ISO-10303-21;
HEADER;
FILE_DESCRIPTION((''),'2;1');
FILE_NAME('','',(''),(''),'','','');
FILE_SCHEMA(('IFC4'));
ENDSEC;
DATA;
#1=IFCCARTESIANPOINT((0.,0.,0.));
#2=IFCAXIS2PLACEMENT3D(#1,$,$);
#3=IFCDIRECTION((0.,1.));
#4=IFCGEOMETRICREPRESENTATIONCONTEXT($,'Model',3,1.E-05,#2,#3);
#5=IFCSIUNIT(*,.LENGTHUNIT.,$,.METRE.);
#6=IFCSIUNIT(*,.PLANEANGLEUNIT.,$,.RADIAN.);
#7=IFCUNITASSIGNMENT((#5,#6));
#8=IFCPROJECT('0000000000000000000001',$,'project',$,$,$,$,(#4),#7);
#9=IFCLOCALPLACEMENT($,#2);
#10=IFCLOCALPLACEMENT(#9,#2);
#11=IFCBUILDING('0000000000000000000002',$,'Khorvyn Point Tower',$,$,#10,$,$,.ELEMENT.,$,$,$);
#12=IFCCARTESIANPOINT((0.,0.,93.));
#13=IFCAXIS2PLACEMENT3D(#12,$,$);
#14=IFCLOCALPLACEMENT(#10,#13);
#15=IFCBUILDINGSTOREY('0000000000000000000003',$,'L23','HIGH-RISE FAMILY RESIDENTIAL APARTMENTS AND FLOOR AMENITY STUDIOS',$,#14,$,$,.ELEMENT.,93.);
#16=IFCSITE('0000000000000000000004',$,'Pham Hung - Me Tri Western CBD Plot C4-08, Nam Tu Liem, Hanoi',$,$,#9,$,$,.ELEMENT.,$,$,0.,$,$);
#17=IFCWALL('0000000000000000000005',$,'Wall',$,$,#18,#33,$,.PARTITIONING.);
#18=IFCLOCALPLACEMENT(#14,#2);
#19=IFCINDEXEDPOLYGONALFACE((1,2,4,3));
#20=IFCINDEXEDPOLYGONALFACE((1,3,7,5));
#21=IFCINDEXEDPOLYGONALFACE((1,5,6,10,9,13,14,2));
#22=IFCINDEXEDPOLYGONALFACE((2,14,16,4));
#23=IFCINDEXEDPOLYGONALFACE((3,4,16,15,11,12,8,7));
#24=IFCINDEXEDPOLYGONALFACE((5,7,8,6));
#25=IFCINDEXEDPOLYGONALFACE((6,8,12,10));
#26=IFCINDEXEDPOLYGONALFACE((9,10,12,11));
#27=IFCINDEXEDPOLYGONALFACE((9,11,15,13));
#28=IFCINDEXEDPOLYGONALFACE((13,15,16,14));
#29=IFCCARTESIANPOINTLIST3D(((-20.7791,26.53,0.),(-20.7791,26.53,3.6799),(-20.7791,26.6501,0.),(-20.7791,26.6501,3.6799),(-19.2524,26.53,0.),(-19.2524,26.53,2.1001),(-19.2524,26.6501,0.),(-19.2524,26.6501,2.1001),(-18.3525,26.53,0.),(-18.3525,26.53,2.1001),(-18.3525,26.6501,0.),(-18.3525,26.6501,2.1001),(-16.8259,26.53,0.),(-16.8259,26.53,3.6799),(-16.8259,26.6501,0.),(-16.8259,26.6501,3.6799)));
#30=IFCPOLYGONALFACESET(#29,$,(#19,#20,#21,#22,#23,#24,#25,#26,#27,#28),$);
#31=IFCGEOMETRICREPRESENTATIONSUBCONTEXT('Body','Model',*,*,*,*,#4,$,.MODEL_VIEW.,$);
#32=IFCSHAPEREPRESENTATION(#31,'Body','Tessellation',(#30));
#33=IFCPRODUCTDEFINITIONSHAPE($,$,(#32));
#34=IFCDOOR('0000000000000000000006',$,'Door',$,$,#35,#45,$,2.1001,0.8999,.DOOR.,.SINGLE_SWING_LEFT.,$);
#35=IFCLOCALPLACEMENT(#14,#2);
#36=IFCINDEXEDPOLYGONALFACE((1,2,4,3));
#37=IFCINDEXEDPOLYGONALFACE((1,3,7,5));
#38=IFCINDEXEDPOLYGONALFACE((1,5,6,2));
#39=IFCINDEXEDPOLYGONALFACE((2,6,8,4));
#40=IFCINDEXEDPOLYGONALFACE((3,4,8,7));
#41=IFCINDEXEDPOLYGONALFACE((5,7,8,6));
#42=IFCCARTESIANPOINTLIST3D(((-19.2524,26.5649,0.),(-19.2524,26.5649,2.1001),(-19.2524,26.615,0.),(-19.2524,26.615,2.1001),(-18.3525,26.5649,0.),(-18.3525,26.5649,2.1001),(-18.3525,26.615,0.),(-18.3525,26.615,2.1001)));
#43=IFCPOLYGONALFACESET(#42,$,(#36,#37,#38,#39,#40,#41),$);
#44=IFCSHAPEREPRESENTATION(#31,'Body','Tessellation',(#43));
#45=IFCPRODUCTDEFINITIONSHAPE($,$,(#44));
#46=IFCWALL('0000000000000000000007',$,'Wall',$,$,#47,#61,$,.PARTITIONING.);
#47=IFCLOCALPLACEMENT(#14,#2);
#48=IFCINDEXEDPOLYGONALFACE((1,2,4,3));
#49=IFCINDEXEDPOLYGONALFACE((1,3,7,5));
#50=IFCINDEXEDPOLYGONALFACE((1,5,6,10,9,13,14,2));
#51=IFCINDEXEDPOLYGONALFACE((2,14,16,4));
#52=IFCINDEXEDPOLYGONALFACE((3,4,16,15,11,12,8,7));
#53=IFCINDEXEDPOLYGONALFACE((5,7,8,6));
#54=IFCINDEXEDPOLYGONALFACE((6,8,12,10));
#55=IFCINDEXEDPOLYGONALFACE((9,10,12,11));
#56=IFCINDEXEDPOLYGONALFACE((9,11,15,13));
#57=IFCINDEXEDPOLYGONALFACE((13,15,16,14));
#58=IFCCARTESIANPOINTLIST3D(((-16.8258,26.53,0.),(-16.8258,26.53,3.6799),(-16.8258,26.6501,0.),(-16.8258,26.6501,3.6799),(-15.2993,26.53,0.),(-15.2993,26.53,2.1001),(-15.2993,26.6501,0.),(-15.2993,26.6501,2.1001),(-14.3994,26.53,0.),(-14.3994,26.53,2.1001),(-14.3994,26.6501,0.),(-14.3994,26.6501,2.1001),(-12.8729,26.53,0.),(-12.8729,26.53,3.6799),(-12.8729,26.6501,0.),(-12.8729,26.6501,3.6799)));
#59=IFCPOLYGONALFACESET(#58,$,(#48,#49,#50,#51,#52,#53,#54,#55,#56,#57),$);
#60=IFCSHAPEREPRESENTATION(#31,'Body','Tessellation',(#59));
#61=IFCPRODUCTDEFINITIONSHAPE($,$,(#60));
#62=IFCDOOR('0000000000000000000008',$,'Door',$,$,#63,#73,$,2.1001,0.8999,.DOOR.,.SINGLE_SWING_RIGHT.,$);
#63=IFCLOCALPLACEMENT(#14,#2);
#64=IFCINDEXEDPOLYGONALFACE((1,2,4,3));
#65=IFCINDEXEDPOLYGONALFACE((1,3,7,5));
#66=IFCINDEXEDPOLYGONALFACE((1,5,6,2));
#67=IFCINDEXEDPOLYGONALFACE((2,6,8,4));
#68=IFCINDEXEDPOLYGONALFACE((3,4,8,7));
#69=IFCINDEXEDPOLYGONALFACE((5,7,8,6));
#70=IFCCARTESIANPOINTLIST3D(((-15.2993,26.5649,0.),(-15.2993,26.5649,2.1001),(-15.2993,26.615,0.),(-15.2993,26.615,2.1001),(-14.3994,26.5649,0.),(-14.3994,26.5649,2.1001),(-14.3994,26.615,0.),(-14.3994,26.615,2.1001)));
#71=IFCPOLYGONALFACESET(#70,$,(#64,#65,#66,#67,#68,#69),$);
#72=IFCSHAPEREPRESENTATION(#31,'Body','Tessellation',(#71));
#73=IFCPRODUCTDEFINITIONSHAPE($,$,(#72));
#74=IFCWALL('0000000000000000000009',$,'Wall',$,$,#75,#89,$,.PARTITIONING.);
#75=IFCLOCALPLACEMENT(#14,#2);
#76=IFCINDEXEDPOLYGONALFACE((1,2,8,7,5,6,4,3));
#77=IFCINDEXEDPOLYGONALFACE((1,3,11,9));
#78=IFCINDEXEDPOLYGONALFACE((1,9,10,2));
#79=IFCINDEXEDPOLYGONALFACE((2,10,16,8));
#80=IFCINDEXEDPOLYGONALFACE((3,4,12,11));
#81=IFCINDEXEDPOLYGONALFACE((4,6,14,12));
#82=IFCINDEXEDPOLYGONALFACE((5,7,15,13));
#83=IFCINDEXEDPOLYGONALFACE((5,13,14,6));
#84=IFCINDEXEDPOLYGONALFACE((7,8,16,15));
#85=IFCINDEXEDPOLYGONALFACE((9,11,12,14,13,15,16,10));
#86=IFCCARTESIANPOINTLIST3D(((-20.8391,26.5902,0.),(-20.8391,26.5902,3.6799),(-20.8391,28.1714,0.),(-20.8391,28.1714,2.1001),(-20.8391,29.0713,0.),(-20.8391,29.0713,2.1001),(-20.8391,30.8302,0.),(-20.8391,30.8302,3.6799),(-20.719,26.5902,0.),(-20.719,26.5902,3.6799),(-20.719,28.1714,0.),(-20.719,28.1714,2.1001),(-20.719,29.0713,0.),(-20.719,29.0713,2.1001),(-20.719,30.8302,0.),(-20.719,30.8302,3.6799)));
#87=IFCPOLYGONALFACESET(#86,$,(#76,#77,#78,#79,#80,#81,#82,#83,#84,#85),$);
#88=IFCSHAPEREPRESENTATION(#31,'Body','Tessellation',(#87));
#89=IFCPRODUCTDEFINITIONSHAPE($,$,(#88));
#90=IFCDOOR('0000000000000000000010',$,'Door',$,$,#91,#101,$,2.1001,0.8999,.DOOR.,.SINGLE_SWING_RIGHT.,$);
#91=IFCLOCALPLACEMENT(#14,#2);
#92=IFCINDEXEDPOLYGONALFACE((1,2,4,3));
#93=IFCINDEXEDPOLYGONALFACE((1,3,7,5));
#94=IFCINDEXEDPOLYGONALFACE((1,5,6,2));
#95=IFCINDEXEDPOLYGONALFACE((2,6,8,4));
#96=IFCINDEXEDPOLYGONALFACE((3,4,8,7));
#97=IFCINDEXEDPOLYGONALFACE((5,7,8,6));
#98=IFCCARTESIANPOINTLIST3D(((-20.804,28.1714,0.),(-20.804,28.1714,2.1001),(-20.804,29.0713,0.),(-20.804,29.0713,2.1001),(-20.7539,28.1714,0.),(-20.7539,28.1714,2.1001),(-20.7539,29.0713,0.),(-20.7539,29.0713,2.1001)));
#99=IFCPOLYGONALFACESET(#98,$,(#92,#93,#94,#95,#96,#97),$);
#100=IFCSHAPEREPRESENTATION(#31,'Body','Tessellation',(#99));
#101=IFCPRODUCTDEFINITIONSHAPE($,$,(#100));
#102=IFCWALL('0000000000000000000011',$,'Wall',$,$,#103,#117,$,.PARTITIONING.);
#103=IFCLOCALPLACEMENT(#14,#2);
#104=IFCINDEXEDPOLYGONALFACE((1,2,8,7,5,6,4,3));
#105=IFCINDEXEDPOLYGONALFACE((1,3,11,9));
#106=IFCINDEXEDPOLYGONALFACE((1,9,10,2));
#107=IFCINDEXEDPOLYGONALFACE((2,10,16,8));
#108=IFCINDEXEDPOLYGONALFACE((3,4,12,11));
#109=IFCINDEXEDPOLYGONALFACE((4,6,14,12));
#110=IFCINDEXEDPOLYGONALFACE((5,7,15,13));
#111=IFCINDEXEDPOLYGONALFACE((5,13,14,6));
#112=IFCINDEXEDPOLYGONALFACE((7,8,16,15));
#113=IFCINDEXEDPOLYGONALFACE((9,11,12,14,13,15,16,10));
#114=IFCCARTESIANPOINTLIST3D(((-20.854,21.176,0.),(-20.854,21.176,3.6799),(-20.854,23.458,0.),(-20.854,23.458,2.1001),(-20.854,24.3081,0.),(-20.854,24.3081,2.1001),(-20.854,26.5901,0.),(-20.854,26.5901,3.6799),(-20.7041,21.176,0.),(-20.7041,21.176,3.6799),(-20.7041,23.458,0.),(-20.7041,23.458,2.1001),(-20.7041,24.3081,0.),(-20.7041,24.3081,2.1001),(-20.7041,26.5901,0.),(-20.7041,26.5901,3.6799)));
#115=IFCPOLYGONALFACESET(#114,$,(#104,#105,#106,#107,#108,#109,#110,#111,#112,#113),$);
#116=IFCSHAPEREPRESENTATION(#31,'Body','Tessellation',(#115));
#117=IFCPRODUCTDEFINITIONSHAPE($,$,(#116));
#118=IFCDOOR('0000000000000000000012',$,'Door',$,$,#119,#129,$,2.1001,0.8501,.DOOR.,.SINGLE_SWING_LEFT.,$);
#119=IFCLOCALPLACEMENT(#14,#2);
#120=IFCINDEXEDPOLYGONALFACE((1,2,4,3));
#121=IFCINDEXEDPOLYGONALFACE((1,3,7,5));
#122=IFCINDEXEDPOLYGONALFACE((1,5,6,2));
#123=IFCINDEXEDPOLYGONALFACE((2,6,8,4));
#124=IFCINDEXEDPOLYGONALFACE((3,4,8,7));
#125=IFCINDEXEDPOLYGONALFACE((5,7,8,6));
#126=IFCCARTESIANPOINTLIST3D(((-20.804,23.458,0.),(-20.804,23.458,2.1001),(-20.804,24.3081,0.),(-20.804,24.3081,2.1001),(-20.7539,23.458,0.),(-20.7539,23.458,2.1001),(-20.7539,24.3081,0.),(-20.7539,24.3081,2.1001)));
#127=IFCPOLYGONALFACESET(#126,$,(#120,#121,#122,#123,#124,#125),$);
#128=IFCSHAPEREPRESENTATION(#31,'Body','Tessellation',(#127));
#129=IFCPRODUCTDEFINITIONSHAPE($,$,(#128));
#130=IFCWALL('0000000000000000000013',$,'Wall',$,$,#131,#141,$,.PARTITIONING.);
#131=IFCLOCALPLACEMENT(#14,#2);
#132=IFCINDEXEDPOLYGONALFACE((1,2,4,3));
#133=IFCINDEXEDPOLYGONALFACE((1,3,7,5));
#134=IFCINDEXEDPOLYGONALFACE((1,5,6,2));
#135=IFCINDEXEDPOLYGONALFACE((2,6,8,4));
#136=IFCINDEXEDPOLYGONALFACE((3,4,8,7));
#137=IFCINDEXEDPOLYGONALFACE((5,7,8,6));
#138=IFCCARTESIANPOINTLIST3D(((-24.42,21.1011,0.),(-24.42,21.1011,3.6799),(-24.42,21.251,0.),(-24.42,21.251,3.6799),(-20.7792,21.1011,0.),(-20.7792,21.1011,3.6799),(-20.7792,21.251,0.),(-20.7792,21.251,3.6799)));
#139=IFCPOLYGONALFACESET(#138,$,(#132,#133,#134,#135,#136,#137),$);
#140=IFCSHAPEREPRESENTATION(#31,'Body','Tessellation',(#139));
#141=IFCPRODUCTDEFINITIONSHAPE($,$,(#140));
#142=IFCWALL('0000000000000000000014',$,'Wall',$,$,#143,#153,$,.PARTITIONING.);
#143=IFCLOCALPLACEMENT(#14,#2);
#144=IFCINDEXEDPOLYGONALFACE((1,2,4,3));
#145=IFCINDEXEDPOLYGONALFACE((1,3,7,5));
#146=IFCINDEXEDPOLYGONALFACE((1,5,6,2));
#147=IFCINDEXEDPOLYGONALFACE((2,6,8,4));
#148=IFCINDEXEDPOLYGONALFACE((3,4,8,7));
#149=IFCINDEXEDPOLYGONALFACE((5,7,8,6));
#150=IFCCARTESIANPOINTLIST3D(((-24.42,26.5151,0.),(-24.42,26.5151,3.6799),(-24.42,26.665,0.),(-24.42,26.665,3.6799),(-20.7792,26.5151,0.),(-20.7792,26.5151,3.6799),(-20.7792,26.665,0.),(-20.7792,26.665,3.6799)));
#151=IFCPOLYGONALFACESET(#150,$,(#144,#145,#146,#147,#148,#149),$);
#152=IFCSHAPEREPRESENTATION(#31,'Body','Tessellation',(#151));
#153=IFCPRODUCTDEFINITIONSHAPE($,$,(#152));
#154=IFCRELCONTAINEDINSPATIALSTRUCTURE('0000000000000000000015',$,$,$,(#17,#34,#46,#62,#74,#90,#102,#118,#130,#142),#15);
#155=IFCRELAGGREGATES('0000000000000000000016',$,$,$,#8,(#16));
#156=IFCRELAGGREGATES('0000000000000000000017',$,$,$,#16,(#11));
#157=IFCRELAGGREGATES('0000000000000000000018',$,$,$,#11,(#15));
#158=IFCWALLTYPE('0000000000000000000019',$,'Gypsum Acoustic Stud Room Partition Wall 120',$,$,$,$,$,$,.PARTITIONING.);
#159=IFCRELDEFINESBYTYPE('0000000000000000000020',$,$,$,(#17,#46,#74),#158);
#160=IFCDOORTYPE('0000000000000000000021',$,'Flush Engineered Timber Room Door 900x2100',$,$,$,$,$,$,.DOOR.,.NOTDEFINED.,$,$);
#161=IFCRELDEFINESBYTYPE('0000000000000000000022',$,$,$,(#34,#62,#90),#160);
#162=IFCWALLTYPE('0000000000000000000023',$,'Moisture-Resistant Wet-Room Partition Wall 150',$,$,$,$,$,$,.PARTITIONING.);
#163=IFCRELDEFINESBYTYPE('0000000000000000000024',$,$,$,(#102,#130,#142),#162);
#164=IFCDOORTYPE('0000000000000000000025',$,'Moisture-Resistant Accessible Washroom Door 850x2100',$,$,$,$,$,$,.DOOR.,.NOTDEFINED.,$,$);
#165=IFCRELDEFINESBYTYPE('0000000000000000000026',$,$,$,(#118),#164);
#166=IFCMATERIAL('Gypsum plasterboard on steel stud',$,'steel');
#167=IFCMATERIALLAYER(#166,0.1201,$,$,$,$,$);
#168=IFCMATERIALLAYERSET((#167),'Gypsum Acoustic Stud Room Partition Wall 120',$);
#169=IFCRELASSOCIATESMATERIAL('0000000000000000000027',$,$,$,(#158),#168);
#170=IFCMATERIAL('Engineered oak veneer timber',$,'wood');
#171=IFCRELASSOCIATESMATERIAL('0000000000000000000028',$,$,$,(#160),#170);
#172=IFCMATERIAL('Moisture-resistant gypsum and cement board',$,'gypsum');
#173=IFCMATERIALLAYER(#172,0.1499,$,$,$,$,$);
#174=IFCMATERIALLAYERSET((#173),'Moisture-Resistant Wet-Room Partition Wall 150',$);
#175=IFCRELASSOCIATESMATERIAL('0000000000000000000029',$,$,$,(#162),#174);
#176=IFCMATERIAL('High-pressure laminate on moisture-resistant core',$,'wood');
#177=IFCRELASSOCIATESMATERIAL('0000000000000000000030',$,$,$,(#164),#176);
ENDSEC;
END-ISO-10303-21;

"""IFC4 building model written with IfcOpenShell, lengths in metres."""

from ifc_helpers import new_model, si_unit, direction, frame, frame_2d, origin, place, context, subcontext, project, spatial, rectangle, extrude, material, layer, layer_set, type_object, element, fill, save


model = new_model("IFC4")

# Units and contexts
model_context = context("Model", 3, precision=1e-05, world=origin(), true_north=direction((0.0, 1.0)))
body_context = subcontext(model_context, "Body", "Model", "MODEL_VIEW")
ifc_project = project(units=[si_unit("LENGTHUNIT", "METRE"), si_unit("PLANEANGLEUNIT", "RADIAN")], contexts=[model_context])

# Site, building, storey
site_placement = place(None, origin())
site = spatial("IfcSite", under=ifc_project, at=site_placement, Name="Pham Hung - Me Tri Western CBD Plot C4-08, Nam Tu Liem, Hanoi", CompositionType="ELEMENT", RefElevation=0.0)
building_placement = place(site_placement, origin())
building = spatial("IfcBuilding", under=site, at=building_placement, Name="Khorvyn Point Tower", CompositionType="ELEMENT")
storey_placement = place(building_placement, frame((0.0, 0.0, 93.0)))
storey = spatial("IfcBuildingStorey", under=building, at=storey_placement, Name="L23", Description="HIGH-RISE FAMILY RESIDENTIAL APARTMENTS AND FLOOR AMENITY STUDIOS", CompositionType="ELEMENT", Elevation=93.0)

# Walls, openings, doors
ifc_material_1 = material(Name="Gypsum plasterboard on steel stud", Category="steel")
ifc_layer_1 = layer(ifc_material_1, 0.1201)
ifc_layer_set_1 = layer_set([ifc_layer_1], Name="Gypsum Acoustic Stud Room Partition Wall 120")
wall_type_1 = type_object("IfcWallType", Name="Gypsum Acoustic Stud Room Partition Wall 120", PredefinedType="PARTITIONING", material=ifc_layer_set_1)
wall_1_placement = place(storey_placement, frame((-20.7791, 26.5901, 0.0), z_axis=(0.0, 0.0, 1.0), x_axis=(1.0, 0.0, 0.0)))
wall_1 = element("IfcWall", 1, at=wall_1_placement, inside=storey, type_object=wall_type_1, Name="Wall", PredefinedType="PARTITIONING", context=body_context, shape_type="SweptSolid", body=[
    extrude(rectangle(XDim=3.9531, YDim=0.1201, at=frame_2d((1.9766, 0.0))), origin(), (0.0, 0.0, 1.0), 3.6799),
])
opening_1_placement = place(wall_1_placement, frame((1.5266, 0.0, 0.0)))
opening_1 = element("IfcOpeningElement", 2, at=opening_1_placement, cuts=wall_1, PredefinedType="OPENING", context=body_context, shape_type="SweptSolid", body=[
    extrude(rectangle(XDim=0.8999, YDim=2.1001, at=frame_2d((0.45, 1.05))), frame((0.0, 0.0701, 0.0), z_axis=(0.0, -1.0, 0.0), x_axis=(1.0, 0.0, 0.0)), (0.0, 0.0, 1.0), 0.1401),
])
ifc_material_2 = material(Name="Engineered oak veneer timber", Category="wood")
door_type_1 = type_object("IfcDoorType", Name="Flush Engineered Timber Room Door 900x2100", OperationType="NOTDEFINED", PredefinedType="DOOR", material=ifc_material_2)
door_1_placement = place(opening_1_placement, origin())
door_1 = element("IfcDoor", 3, at=door_1_placement, inside=storey, type_object=door_type_1, Name="Door", OperationType="SINGLE_SWING_LEFT", OverallHeight=2.1001, OverallWidth=0.8999, PredefinedType="DOOR", context=body_context, shape_type="SweptSolid", body=[
    extrude(rectangle(XDim=0.8999, YDim=2.1001, at=frame_2d((0.45, 1.05))), frame((0.0, 0.0249, 0.0), z_axis=(0.0, -1.0, 0.0), x_axis=(1.0, 0.0, 0.0)), (0.0, 0.0, 1.0), 0.05),
])
fill(opening_1, door_1)
wall_2_placement = place(storey_placement, frame((-16.8259, 26.5901, 0.0), z_axis=(0.0, 0.0, 1.0), x_axis=(1.0, 0.0, 0.0)))
wall_2 = element("IfcWall", 4, at=wall_2_placement, inside=storey, type_object=wall_type_1, Name="Wall", PredefinedType="PARTITIONING", context=body_context, shape_type="SweptSolid", body=[
    extrude(rectangle(XDim=3.9529, YDim=0.1201, at=frame_2d((1.9766, 0.0))), origin(), (0.0, 0.0, 1.0), 3.6799),
])
opening_2_placement = place(wall_2_placement, frame((1.5266, 0.0, 0.0)))
opening_2 = element("IfcOpeningElement", 5, at=opening_2_placement, cuts=wall_2, PredefinedType="OPENING", context=body_context, shape_type="SweptSolid", body=[
    extrude(rectangle(XDim=0.8999, YDim=2.1001, at=frame_2d((0.45, 1.05))), frame((0.0, 0.0701, 0.0), z_axis=(0.0, -1.0, 0.0), x_axis=(1.0, 0.0, 0.0)), (0.0, 0.0, 1.0), 0.1401),
])
door_2_placement = place(opening_2_placement, origin())
door_2 = element("IfcDoor", 6, at=door_2_placement, inside=storey, type_object=door_type_1, Name="Door", OperationType="SINGLE_SWING_RIGHT", OverallHeight=2.1001, OverallWidth=0.8999, PredefinedType="DOOR", context=body_context, shape_type="SweptSolid", body=[
    extrude(rectangle(XDim=0.8999, YDim=2.1001, at=frame_2d((0.45, 1.05))), frame((0.0, 0.0249, 0.0), z_axis=(0.0, -1.0, 0.0), x_axis=(1.0, 0.0, 0.0)), (0.0, 0.0, 1.0), 0.05),
])
fill(opening_2, door_2)
wall_3_placement = place(storey_placement, frame((-20.7791, 26.5901, 0.0), z_axis=(0.0, 0.0, 1.0), x_axis=(0.0, 1.0, 0.0)))
wall_3 = element("IfcWall", 7, at=wall_3_placement, inside=storey, type_object=wall_type_1, Name="Wall", PredefinedType="PARTITIONING", context=body_context, shape_type="SweptSolid", body=[
    extrude(rectangle(XDim=4.24, YDim=0.1201, at=frame_2d((2.1201, 0.0))), origin(), (0.0, 0.0, 1.0), 3.6799),
])
opening_3_placement = place(wall_3_placement, frame((1.5813, 0.0, 0.0)))
opening_3 = element("IfcOpeningElement", 8, at=opening_3_placement, cuts=wall_3, PredefinedType="OPENING", context=body_context, shape_type="SweptSolid", body=[
    extrude(rectangle(XDim=0.8999, YDim=2.1001, at=frame_2d((0.45, 1.05))), frame((0.0, 0.0701, 0.0), z_axis=(0.0, -1.0, 0.0), x_axis=(1.0, 0.0, 0.0)), (0.0, 0.0, 1.0), 0.1401),
])
door_3_placement = place(opening_3_placement, origin())
door_3 = element("IfcDoor", 9, at=door_3_placement, inside=storey, type_object=door_type_1, Name="Door", OperationType="SINGLE_SWING_RIGHT", OverallHeight=2.1001, OverallWidth=0.8999, PredefinedType="DOOR", context=body_context, shape_type="SweptSolid", body=[
    extrude(rectangle(XDim=0.8999, YDim=2.1001, at=frame_2d((0.45, 1.05))), frame((0.0, 0.0249, 0.0), z_axis=(0.0, -1.0, 0.0), x_axis=(1.0, 0.0, 0.0)), (0.0, 0.0, 1.0), 0.05),
])
fill(opening_3, door_3)
ifc_material_3 = material(Name="Moisture-resistant gypsum and cement board", Category="gypsum")
ifc_layer_2 = layer(ifc_material_3, 0.1499)
ifc_layer_set_2 = layer_set([ifc_layer_2], Name="Moisture-Resistant Wet-Room Partition Wall 150")
wall_type_2 = type_object("IfcWallType", Name="Moisture-Resistant Wet-Room Partition Wall 150", PredefinedType="PARTITIONING", material=ifc_layer_set_2)
wall_4_placement = place(storey_placement, frame((-20.7791, 21.176, 0.0), z_axis=(0.0, 0.0, 1.0), x_axis=(0.0, 1.0, 0.0)))
wall_4 = element("IfcWall", 10, at=wall_4_placement, inside=storey, type_object=wall_type_2, Name="Wall", PredefinedType="PARTITIONING", context=body_context, shape_type="SweptSolid", body=[
    extrude(rectangle(XDim=5.4141, YDim=0.1499, at=frame_2d((2.707, 0.0))), origin(), (0.0, 0.0, 1.0), 3.6799),
])
opening_4_placement = place(wall_4_placement, frame((2.282, 0.0, 0.0)))
opening_4 = element("IfcOpeningElement", 11, at=opening_4_placement, cuts=wall_4, PredefinedType="OPENING", context=body_context, shape_type="SweptSolid", body=[
    extrude(rectangle(XDim=0.8501, YDim=2.1001, at=frame_2d((0.425, 1.05))), frame((0.0, 0.085, 0.0), z_axis=(0.0, -1.0, 0.0), x_axis=(1.0, 0.0, 0.0)), (0.0, 0.0, 1.0), 0.1699),
])
ifc_material_4 = material(Name="High-pressure laminate on moisture-resistant core", Category="wood")
door_type_2 = type_object("IfcDoorType", Name="Moisture-Resistant Accessible Washroom Door 850x2100", OperationType="NOTDEFINED", PredefinedType="DOOR", material=ifc_material_4)
door_4_placement = place(opening_4_placement, origin())
door_4 = element("IfcDoor", 12, at=door_4_placement, inside=storey, type_object=door_type_2, Name="Door", OperationType="SINGLE_SWING_LEFT", OverallHeight=2.1001, OverallWidth=0.8501, PredefinedType="DOOR", context=body_context, shape_type="SweptSolid", body=[
    extrude(rectangle(XDim=0.8501, YDim=2.1001, at=frame_2d((0.425, 1.05))), frame((0.0, 0.0249, 0.0), z_axis=(0.0, -1.0, 0.0), x_axis=(1.0, 0.0, 0.0)), (0.0, 0.0, 1.0), 0.05),
])
fill(opening_4, door_4)

# Walls
for number, where, z_axis, x_axis, name in (
    (13, (-24.4199, 21.176, 0.0), (0.0, 0.0, 1.0), (1.0, 0.0, 0.0), "Wall"),
    (14, (-24.4199, 26.5901, 0.0), (0.0, 0.0, 1.0), (1.0, 0.0, 0.0), "Wall"),
):
    element("IfcWall", number, at=place(storey_placement, frame(where, z_axis=z_axis, x_axis=x_axis)), inside=storey, type_object=wall_type_2, Name=name, PredefinedType="PARTITIONING", context=body_context, shape_type="SweptSolid", body=[
        extrude(rectangle(XDim=3.6409, YDim=0.1499, at=frame_2d((1.8203, 0.0))), origin(), (0.0, 0.0, 1.0), 3.6799),
    ])

save(model, "model.ifc")
